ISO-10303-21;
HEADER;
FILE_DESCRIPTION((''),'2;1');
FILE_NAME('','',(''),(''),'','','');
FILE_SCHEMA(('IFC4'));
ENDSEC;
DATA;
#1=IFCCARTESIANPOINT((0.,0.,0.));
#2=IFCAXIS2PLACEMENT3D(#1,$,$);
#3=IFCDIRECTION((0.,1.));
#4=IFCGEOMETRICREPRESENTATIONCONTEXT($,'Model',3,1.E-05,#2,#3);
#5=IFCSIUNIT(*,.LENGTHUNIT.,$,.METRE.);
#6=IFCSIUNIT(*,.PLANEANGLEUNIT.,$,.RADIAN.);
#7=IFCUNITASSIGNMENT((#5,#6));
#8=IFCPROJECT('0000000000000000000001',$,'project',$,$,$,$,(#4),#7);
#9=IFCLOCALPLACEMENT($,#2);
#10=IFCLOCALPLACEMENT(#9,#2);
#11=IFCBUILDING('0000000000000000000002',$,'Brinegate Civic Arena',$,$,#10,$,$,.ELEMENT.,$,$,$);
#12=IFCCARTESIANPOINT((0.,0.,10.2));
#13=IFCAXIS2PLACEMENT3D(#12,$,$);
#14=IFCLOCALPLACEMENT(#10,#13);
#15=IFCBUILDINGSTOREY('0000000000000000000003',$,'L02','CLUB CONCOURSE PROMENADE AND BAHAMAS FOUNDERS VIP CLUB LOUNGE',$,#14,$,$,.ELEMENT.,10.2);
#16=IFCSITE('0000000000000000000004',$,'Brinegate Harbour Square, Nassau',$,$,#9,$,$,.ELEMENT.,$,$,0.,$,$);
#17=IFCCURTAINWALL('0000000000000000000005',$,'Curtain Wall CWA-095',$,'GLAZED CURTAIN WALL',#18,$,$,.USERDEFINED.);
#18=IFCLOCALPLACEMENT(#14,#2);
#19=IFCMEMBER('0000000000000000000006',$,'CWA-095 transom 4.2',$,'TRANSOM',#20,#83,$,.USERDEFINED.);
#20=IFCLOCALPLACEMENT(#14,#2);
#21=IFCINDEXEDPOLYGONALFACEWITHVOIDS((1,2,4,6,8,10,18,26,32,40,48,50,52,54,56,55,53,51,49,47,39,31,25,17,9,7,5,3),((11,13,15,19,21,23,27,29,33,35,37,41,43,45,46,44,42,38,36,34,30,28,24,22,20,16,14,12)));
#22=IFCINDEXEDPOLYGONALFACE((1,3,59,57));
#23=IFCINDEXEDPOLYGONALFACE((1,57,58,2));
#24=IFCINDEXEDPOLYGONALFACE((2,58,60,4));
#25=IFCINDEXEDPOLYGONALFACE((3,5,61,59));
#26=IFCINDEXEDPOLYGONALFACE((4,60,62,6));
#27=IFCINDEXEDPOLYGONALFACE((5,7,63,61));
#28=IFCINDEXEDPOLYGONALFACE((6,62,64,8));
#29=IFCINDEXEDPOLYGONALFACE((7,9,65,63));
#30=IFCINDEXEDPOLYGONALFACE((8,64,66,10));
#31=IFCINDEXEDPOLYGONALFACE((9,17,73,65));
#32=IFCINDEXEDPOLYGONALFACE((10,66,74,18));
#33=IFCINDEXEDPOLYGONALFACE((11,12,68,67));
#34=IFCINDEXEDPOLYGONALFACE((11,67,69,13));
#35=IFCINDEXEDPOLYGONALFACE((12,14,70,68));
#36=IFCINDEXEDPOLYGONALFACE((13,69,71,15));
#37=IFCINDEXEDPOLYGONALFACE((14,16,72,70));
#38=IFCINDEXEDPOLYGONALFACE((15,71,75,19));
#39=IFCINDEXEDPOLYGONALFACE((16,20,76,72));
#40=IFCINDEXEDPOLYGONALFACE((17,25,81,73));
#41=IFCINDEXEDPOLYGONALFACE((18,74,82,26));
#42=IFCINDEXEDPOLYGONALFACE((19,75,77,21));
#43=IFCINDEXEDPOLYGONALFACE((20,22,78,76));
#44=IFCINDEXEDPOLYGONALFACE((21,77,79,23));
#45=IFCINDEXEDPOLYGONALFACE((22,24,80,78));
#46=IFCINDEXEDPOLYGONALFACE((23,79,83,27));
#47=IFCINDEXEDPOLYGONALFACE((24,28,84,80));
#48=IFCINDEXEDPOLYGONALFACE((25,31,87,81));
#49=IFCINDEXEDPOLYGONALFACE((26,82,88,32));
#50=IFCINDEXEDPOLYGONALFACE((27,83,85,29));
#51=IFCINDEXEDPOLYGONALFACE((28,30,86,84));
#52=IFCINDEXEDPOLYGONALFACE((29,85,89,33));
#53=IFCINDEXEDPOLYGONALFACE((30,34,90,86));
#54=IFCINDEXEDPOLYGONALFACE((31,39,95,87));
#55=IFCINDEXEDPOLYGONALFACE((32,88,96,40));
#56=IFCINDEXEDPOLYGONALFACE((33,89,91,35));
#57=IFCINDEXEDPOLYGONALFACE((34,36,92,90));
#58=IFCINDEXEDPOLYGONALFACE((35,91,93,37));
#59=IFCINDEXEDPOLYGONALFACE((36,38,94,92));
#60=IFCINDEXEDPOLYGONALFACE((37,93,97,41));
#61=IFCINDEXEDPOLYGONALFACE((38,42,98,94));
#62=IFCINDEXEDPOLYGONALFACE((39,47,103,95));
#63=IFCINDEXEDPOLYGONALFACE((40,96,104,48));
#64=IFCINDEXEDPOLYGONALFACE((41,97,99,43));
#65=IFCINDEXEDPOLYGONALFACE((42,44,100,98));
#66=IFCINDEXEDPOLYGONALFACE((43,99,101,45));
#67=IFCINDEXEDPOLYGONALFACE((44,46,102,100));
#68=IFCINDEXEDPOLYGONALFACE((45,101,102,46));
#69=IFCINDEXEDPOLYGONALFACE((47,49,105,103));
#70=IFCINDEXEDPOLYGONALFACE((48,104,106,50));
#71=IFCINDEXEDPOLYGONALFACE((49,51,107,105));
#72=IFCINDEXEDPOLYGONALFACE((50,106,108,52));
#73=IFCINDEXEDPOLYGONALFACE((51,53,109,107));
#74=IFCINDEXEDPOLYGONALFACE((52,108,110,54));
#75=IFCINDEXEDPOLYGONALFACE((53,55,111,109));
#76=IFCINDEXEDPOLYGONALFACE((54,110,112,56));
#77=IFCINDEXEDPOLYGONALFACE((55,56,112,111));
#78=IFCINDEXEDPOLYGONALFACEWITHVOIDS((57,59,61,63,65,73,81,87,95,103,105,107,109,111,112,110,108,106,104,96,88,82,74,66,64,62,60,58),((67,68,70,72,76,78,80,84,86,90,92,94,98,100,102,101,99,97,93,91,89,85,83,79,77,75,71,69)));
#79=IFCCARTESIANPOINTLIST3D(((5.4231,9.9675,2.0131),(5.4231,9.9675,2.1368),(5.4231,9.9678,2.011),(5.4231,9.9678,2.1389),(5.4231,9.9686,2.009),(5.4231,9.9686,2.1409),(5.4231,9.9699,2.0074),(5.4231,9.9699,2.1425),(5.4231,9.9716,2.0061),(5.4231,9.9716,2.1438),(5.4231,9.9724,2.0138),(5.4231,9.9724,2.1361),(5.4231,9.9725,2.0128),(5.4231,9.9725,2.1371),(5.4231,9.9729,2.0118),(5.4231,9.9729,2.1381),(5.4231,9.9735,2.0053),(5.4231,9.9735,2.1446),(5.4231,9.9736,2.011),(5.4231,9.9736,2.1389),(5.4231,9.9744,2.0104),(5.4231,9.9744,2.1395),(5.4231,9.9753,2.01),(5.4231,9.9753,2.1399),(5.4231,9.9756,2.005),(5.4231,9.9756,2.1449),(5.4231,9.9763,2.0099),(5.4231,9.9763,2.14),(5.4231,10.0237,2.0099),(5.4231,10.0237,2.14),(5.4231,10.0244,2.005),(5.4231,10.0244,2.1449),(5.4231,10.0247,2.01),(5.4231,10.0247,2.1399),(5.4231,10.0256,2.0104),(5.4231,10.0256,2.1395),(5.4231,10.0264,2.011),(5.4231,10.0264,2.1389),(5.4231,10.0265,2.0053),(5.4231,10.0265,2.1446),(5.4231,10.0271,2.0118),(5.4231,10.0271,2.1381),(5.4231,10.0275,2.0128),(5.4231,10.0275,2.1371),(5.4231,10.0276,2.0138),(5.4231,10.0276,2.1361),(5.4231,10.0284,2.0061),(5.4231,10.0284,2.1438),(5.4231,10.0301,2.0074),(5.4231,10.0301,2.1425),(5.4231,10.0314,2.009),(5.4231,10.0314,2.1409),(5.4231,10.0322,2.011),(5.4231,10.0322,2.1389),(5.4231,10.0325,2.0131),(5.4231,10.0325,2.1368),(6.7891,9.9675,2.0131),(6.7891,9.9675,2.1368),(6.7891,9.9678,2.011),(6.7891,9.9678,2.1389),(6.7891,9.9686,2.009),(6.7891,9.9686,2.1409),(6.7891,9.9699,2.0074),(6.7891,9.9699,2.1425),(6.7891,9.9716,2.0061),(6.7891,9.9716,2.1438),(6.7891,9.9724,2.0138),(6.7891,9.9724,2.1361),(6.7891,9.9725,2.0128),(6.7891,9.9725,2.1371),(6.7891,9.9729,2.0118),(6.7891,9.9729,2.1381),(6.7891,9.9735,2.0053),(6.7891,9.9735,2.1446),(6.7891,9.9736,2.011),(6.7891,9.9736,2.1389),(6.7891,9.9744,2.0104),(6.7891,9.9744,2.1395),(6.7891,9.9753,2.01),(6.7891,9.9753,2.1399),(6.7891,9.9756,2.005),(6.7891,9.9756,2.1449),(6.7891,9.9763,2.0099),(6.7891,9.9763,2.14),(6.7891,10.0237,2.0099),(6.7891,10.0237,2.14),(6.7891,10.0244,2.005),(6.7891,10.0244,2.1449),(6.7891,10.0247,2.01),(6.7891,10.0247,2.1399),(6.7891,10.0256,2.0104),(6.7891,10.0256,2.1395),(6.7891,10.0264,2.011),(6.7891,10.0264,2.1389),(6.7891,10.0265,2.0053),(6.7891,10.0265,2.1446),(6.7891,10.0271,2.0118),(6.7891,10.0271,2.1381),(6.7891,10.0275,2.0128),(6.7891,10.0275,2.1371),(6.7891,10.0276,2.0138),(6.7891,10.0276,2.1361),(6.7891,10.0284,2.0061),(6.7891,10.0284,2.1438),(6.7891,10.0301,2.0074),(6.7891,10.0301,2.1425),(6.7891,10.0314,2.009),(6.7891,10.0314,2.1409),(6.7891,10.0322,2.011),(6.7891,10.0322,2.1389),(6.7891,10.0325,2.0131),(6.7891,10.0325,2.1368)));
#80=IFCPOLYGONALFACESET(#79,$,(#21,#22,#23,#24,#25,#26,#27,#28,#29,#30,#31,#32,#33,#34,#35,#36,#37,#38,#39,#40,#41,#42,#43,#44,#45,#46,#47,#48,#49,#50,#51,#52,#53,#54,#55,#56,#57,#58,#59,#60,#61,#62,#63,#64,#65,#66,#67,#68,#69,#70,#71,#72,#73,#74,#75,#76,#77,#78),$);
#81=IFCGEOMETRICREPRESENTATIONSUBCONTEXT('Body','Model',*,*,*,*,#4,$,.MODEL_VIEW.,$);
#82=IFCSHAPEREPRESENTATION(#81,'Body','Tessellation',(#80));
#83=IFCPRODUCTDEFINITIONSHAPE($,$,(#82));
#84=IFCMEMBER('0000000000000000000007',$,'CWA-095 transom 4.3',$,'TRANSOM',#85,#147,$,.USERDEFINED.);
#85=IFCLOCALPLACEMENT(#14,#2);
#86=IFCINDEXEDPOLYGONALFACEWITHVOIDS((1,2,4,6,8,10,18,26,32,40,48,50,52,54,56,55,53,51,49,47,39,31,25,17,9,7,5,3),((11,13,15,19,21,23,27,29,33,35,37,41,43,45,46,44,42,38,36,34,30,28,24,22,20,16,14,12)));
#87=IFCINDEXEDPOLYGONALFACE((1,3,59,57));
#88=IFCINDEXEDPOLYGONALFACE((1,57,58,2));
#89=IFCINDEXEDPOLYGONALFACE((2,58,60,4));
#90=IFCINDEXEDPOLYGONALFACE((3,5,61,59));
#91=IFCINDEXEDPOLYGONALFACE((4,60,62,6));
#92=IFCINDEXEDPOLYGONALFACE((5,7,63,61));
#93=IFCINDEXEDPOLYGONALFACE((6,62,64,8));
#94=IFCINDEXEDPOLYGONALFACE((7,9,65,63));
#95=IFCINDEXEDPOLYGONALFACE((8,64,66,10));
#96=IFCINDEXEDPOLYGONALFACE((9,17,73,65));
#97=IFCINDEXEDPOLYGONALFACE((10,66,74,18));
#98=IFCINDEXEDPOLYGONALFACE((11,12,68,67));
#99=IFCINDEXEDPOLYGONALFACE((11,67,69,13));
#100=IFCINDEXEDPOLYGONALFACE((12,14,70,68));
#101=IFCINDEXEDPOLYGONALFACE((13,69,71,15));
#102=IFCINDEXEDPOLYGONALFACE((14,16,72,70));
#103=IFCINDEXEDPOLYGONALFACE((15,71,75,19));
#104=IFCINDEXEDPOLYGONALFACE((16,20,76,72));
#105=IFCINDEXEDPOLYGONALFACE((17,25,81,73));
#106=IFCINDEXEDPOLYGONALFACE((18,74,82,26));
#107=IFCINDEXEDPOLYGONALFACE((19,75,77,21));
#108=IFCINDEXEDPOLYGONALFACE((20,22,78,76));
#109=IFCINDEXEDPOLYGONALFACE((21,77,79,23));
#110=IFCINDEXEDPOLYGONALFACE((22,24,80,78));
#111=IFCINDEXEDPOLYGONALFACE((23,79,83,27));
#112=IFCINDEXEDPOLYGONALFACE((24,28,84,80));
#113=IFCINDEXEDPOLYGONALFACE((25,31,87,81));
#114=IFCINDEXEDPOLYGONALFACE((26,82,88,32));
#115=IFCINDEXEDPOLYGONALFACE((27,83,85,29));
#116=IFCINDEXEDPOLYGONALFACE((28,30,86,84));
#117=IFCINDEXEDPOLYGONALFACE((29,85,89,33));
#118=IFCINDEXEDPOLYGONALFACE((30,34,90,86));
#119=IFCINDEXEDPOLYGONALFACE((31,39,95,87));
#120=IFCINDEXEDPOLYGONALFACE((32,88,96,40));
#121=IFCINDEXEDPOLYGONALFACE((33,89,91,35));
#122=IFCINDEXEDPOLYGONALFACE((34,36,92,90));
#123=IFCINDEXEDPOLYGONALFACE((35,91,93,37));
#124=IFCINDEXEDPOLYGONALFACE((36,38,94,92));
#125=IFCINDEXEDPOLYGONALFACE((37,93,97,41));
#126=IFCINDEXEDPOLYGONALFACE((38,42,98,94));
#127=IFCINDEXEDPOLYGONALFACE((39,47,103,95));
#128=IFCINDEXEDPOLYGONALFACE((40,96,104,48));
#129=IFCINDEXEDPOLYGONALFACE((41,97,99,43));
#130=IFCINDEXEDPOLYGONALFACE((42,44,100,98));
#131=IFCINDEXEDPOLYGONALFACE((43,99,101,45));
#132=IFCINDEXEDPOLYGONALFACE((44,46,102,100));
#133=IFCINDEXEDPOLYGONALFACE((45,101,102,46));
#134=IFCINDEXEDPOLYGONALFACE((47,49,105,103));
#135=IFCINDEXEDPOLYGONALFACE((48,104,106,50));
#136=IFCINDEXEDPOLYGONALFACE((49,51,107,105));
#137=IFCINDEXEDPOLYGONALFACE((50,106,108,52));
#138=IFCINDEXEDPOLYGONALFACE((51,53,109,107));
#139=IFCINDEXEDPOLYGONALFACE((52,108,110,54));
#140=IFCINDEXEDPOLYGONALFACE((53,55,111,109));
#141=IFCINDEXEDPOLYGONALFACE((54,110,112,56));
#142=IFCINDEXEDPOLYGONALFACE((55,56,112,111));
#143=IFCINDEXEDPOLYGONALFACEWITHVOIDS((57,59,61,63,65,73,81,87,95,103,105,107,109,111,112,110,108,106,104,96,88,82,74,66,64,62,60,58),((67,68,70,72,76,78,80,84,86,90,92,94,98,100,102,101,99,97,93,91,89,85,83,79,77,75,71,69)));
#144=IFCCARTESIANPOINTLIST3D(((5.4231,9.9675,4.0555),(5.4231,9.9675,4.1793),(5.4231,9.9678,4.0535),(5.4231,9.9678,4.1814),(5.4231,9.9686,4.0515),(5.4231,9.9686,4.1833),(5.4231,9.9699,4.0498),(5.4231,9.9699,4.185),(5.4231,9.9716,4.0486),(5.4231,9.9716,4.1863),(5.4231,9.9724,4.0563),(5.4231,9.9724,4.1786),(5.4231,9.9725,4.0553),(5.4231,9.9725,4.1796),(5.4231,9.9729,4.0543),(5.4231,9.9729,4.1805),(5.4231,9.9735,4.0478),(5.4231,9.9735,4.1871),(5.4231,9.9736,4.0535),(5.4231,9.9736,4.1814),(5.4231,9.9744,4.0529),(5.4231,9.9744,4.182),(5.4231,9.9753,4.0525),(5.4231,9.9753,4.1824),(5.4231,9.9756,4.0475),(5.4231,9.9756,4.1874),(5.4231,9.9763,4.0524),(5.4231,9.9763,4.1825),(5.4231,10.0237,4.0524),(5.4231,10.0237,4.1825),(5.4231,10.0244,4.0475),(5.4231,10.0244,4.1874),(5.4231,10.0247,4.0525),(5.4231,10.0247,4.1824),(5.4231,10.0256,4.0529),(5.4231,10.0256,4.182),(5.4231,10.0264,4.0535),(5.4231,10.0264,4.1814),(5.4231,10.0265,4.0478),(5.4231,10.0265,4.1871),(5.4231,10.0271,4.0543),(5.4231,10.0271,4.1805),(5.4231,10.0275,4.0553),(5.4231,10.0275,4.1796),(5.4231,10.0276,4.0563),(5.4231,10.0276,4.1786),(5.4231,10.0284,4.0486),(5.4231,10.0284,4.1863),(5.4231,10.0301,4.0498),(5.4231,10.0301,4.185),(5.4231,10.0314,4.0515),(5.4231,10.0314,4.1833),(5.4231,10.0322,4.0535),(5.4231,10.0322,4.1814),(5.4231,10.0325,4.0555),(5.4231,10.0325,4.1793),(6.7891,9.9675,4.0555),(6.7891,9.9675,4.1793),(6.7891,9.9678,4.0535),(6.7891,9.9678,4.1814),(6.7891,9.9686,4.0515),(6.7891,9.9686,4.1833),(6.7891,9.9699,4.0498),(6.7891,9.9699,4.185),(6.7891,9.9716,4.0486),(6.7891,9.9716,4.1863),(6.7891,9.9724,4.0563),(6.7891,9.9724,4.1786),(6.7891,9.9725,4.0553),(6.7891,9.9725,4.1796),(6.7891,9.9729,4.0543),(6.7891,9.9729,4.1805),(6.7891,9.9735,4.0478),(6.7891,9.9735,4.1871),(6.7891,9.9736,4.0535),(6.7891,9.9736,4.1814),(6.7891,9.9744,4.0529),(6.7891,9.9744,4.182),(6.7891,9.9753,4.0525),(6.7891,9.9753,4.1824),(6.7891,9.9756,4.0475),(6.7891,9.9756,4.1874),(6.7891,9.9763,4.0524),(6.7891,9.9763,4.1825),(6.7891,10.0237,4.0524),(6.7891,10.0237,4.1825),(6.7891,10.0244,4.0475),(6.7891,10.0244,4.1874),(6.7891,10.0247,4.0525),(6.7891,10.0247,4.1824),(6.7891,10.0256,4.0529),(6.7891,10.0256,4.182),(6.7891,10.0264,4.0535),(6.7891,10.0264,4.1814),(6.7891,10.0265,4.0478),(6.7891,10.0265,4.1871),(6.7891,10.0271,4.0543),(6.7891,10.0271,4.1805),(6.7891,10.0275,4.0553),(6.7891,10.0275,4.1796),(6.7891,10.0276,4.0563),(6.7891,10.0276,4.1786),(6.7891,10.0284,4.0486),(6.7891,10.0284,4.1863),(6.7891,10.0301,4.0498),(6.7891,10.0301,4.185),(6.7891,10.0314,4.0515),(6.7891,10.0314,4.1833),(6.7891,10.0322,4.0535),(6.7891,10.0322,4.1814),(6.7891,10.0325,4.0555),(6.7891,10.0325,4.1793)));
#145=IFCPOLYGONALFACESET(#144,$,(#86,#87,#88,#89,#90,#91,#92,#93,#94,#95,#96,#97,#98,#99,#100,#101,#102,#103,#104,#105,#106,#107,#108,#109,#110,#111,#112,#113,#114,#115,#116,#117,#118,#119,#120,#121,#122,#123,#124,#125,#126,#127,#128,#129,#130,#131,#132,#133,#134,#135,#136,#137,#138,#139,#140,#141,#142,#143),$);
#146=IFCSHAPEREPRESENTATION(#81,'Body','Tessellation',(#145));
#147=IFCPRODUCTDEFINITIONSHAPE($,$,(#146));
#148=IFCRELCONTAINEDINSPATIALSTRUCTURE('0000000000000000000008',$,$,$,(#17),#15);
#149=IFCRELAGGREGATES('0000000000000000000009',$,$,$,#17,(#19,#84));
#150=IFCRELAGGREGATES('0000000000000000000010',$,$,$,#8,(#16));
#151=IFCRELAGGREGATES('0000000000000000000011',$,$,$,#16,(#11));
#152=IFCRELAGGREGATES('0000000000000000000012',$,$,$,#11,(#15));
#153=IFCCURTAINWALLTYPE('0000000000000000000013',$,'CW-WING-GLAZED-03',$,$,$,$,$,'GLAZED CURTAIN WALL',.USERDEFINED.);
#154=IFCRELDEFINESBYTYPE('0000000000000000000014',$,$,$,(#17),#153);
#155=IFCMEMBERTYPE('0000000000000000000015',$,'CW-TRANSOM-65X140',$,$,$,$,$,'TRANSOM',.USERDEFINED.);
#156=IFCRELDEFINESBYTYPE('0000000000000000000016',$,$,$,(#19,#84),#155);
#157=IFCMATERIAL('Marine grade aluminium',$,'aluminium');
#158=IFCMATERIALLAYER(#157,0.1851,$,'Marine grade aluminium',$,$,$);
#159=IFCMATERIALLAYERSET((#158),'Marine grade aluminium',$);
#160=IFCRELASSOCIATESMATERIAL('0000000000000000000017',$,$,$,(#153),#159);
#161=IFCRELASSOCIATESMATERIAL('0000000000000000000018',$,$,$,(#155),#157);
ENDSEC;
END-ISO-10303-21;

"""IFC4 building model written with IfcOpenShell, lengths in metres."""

from ifc_helpers import new_model, si_unit, direction, frame, origin, origin_2d, place, context, subcontext, project, spatial, hollow_rectangle, extrude, material, layer, layer_set, material_profile, profile_set, type_object, element, aggregate, save


model = new_model("IFC4")

# Units and contexts
model_context = context("Model", 3, precision=1e-05, world=origin(), true_north=direction((0.0, 1.0)))
body_context = subcontext(model_context, "Body", "Model", "MODEL_VIEW")
ifc_project = project(units=[si_unit("LENGTHUNIT", "METRE"), si_unit("PLANEANGLEUNIT", "RADIAN")], contexts=[model_context])

# Site, building, storey
site_placement = place(None, origin())
site = spatial("IfcSite", under=ifc_project, at=site_placement, Name="Brinegate Harbour Square, Nassau", CompositionType="ELEMENT", RefElevation=0.0)
building_placement = place(site_placement, origin())
building = spatial("IfcBuilding", under=site, at=building_placement, Name="Brinegate Civic Arena", CompositionType="ELEMENT")
storey_placement = place(building_placement, frame((0.0, 0.0, 10.2)))
storey = spatial("IfcBuildingStorey", under=building, at=storey_placement, Name="L02", Description="CLUB CONCOURSE PROMENADE AND BAHAMAS FOUNDERS VIP CLUB LOUNGE", CompositionType="ELEMENT", Elevation=10.2)

# Curtain wall, members
ifc_material_1 = material(Name="Marine grade aluminium", Category="aluminium")
ifc_layer_1 = layer(ifc_material_1, 0.1851, Name="Marine grade aluminium")
ifc_layer_set_1 = layer_set([ifc_layer_1], Name="Marine grade aluminium")
curtain_wall_type = type_object("IfcCurtainWallType", Name="CW-WING-GLAZED-03", ElementType="GLAZED CURTAIN WALL", PredefinedType="USERDEFINED", material=ifc_layer_set_1)
curtain_wall_placement = place(storey_placement, origin())
curtain_wall = element("IfcCurtainWall", 1, at=curtain_wall_placement, inside=storey, type_object=curtain_wall_type, Name="Curtain Wall CWA-095", ObjectType="GLAZED CURTAIN WALL", PredefinedType="USERDEFINED")
ifc_material_profile_1 = material_profile(ifc_material_1, hollow_rectangle(XDim=0.0649, YDim=0.1399, WallThickness=0.0049, InnerFilletRadius=0.0039, OuterFilletRadius=0.0081, at=origin_2d()), Name="TRN65X140")
ifc_profile_set_1 = profile_set([ifc_material_profile_1], Name="Marine grade aluminium")
member_type_1 = type_object("IfcMemberType", Name="CW-TRANSOM-65X140", ElementType="TRANSOM", PredefinedType="USERDEFINED", material=ifc_profile_set_1)
member_1_placement = place(storey_placement, frame((5.4231, 10.0, 2.075), z_axis=(1.0, 0.0, 0.0), x_axis=(0.0, 1.0, 0.0)))
member_1 = element("IfcMember", 2, at=member_1_placement, type_object=member_type_1, Name="CWA-095 transom 4.2", ObjectType="TRANSOM", PredefinedType="USERDEFINED", context=body_context, shape_type="SweptSolid", body=[
    extrude(hollow_rectangle(XDim=0.0649, YDim=0.1399, WallThickness=0.0049, InnerFilletRadius=0.0039, OuterFilletRadius=0.0081, at=origin_2d()), origin(), (0.0, 0.0, 1.0), 1.366),
])
member_2_placement = place(storey_placement, frame((5.4231, 10.0, 4.1174), z_axis=(1.0, 0.0, 0.0), x_axis=(0.0, 1.0, 0.0)))
member_2 = element("IfcMember", 3, at=member_2_placement, type_object=member_type_1, Name="CWA-095 transom 4.3", ObjectType="TRANSOM", PredefinedType="USERDEFINED", context=body_context, shape_type="SweptSolid", body=[
    extrude(hollow_rectangle(XDim=0.0649, YDim=0.1399, WallThickness=0.0049, InnerFilletRadius=0.0039, OuterFilletRadius=0.0081, at=origin_2d()), origin(), (0.0, 0.0, 1.0), 1.366),
])
aggregate(curtain_wall, [member_1, member_2])

save(model, "model.ifc")
